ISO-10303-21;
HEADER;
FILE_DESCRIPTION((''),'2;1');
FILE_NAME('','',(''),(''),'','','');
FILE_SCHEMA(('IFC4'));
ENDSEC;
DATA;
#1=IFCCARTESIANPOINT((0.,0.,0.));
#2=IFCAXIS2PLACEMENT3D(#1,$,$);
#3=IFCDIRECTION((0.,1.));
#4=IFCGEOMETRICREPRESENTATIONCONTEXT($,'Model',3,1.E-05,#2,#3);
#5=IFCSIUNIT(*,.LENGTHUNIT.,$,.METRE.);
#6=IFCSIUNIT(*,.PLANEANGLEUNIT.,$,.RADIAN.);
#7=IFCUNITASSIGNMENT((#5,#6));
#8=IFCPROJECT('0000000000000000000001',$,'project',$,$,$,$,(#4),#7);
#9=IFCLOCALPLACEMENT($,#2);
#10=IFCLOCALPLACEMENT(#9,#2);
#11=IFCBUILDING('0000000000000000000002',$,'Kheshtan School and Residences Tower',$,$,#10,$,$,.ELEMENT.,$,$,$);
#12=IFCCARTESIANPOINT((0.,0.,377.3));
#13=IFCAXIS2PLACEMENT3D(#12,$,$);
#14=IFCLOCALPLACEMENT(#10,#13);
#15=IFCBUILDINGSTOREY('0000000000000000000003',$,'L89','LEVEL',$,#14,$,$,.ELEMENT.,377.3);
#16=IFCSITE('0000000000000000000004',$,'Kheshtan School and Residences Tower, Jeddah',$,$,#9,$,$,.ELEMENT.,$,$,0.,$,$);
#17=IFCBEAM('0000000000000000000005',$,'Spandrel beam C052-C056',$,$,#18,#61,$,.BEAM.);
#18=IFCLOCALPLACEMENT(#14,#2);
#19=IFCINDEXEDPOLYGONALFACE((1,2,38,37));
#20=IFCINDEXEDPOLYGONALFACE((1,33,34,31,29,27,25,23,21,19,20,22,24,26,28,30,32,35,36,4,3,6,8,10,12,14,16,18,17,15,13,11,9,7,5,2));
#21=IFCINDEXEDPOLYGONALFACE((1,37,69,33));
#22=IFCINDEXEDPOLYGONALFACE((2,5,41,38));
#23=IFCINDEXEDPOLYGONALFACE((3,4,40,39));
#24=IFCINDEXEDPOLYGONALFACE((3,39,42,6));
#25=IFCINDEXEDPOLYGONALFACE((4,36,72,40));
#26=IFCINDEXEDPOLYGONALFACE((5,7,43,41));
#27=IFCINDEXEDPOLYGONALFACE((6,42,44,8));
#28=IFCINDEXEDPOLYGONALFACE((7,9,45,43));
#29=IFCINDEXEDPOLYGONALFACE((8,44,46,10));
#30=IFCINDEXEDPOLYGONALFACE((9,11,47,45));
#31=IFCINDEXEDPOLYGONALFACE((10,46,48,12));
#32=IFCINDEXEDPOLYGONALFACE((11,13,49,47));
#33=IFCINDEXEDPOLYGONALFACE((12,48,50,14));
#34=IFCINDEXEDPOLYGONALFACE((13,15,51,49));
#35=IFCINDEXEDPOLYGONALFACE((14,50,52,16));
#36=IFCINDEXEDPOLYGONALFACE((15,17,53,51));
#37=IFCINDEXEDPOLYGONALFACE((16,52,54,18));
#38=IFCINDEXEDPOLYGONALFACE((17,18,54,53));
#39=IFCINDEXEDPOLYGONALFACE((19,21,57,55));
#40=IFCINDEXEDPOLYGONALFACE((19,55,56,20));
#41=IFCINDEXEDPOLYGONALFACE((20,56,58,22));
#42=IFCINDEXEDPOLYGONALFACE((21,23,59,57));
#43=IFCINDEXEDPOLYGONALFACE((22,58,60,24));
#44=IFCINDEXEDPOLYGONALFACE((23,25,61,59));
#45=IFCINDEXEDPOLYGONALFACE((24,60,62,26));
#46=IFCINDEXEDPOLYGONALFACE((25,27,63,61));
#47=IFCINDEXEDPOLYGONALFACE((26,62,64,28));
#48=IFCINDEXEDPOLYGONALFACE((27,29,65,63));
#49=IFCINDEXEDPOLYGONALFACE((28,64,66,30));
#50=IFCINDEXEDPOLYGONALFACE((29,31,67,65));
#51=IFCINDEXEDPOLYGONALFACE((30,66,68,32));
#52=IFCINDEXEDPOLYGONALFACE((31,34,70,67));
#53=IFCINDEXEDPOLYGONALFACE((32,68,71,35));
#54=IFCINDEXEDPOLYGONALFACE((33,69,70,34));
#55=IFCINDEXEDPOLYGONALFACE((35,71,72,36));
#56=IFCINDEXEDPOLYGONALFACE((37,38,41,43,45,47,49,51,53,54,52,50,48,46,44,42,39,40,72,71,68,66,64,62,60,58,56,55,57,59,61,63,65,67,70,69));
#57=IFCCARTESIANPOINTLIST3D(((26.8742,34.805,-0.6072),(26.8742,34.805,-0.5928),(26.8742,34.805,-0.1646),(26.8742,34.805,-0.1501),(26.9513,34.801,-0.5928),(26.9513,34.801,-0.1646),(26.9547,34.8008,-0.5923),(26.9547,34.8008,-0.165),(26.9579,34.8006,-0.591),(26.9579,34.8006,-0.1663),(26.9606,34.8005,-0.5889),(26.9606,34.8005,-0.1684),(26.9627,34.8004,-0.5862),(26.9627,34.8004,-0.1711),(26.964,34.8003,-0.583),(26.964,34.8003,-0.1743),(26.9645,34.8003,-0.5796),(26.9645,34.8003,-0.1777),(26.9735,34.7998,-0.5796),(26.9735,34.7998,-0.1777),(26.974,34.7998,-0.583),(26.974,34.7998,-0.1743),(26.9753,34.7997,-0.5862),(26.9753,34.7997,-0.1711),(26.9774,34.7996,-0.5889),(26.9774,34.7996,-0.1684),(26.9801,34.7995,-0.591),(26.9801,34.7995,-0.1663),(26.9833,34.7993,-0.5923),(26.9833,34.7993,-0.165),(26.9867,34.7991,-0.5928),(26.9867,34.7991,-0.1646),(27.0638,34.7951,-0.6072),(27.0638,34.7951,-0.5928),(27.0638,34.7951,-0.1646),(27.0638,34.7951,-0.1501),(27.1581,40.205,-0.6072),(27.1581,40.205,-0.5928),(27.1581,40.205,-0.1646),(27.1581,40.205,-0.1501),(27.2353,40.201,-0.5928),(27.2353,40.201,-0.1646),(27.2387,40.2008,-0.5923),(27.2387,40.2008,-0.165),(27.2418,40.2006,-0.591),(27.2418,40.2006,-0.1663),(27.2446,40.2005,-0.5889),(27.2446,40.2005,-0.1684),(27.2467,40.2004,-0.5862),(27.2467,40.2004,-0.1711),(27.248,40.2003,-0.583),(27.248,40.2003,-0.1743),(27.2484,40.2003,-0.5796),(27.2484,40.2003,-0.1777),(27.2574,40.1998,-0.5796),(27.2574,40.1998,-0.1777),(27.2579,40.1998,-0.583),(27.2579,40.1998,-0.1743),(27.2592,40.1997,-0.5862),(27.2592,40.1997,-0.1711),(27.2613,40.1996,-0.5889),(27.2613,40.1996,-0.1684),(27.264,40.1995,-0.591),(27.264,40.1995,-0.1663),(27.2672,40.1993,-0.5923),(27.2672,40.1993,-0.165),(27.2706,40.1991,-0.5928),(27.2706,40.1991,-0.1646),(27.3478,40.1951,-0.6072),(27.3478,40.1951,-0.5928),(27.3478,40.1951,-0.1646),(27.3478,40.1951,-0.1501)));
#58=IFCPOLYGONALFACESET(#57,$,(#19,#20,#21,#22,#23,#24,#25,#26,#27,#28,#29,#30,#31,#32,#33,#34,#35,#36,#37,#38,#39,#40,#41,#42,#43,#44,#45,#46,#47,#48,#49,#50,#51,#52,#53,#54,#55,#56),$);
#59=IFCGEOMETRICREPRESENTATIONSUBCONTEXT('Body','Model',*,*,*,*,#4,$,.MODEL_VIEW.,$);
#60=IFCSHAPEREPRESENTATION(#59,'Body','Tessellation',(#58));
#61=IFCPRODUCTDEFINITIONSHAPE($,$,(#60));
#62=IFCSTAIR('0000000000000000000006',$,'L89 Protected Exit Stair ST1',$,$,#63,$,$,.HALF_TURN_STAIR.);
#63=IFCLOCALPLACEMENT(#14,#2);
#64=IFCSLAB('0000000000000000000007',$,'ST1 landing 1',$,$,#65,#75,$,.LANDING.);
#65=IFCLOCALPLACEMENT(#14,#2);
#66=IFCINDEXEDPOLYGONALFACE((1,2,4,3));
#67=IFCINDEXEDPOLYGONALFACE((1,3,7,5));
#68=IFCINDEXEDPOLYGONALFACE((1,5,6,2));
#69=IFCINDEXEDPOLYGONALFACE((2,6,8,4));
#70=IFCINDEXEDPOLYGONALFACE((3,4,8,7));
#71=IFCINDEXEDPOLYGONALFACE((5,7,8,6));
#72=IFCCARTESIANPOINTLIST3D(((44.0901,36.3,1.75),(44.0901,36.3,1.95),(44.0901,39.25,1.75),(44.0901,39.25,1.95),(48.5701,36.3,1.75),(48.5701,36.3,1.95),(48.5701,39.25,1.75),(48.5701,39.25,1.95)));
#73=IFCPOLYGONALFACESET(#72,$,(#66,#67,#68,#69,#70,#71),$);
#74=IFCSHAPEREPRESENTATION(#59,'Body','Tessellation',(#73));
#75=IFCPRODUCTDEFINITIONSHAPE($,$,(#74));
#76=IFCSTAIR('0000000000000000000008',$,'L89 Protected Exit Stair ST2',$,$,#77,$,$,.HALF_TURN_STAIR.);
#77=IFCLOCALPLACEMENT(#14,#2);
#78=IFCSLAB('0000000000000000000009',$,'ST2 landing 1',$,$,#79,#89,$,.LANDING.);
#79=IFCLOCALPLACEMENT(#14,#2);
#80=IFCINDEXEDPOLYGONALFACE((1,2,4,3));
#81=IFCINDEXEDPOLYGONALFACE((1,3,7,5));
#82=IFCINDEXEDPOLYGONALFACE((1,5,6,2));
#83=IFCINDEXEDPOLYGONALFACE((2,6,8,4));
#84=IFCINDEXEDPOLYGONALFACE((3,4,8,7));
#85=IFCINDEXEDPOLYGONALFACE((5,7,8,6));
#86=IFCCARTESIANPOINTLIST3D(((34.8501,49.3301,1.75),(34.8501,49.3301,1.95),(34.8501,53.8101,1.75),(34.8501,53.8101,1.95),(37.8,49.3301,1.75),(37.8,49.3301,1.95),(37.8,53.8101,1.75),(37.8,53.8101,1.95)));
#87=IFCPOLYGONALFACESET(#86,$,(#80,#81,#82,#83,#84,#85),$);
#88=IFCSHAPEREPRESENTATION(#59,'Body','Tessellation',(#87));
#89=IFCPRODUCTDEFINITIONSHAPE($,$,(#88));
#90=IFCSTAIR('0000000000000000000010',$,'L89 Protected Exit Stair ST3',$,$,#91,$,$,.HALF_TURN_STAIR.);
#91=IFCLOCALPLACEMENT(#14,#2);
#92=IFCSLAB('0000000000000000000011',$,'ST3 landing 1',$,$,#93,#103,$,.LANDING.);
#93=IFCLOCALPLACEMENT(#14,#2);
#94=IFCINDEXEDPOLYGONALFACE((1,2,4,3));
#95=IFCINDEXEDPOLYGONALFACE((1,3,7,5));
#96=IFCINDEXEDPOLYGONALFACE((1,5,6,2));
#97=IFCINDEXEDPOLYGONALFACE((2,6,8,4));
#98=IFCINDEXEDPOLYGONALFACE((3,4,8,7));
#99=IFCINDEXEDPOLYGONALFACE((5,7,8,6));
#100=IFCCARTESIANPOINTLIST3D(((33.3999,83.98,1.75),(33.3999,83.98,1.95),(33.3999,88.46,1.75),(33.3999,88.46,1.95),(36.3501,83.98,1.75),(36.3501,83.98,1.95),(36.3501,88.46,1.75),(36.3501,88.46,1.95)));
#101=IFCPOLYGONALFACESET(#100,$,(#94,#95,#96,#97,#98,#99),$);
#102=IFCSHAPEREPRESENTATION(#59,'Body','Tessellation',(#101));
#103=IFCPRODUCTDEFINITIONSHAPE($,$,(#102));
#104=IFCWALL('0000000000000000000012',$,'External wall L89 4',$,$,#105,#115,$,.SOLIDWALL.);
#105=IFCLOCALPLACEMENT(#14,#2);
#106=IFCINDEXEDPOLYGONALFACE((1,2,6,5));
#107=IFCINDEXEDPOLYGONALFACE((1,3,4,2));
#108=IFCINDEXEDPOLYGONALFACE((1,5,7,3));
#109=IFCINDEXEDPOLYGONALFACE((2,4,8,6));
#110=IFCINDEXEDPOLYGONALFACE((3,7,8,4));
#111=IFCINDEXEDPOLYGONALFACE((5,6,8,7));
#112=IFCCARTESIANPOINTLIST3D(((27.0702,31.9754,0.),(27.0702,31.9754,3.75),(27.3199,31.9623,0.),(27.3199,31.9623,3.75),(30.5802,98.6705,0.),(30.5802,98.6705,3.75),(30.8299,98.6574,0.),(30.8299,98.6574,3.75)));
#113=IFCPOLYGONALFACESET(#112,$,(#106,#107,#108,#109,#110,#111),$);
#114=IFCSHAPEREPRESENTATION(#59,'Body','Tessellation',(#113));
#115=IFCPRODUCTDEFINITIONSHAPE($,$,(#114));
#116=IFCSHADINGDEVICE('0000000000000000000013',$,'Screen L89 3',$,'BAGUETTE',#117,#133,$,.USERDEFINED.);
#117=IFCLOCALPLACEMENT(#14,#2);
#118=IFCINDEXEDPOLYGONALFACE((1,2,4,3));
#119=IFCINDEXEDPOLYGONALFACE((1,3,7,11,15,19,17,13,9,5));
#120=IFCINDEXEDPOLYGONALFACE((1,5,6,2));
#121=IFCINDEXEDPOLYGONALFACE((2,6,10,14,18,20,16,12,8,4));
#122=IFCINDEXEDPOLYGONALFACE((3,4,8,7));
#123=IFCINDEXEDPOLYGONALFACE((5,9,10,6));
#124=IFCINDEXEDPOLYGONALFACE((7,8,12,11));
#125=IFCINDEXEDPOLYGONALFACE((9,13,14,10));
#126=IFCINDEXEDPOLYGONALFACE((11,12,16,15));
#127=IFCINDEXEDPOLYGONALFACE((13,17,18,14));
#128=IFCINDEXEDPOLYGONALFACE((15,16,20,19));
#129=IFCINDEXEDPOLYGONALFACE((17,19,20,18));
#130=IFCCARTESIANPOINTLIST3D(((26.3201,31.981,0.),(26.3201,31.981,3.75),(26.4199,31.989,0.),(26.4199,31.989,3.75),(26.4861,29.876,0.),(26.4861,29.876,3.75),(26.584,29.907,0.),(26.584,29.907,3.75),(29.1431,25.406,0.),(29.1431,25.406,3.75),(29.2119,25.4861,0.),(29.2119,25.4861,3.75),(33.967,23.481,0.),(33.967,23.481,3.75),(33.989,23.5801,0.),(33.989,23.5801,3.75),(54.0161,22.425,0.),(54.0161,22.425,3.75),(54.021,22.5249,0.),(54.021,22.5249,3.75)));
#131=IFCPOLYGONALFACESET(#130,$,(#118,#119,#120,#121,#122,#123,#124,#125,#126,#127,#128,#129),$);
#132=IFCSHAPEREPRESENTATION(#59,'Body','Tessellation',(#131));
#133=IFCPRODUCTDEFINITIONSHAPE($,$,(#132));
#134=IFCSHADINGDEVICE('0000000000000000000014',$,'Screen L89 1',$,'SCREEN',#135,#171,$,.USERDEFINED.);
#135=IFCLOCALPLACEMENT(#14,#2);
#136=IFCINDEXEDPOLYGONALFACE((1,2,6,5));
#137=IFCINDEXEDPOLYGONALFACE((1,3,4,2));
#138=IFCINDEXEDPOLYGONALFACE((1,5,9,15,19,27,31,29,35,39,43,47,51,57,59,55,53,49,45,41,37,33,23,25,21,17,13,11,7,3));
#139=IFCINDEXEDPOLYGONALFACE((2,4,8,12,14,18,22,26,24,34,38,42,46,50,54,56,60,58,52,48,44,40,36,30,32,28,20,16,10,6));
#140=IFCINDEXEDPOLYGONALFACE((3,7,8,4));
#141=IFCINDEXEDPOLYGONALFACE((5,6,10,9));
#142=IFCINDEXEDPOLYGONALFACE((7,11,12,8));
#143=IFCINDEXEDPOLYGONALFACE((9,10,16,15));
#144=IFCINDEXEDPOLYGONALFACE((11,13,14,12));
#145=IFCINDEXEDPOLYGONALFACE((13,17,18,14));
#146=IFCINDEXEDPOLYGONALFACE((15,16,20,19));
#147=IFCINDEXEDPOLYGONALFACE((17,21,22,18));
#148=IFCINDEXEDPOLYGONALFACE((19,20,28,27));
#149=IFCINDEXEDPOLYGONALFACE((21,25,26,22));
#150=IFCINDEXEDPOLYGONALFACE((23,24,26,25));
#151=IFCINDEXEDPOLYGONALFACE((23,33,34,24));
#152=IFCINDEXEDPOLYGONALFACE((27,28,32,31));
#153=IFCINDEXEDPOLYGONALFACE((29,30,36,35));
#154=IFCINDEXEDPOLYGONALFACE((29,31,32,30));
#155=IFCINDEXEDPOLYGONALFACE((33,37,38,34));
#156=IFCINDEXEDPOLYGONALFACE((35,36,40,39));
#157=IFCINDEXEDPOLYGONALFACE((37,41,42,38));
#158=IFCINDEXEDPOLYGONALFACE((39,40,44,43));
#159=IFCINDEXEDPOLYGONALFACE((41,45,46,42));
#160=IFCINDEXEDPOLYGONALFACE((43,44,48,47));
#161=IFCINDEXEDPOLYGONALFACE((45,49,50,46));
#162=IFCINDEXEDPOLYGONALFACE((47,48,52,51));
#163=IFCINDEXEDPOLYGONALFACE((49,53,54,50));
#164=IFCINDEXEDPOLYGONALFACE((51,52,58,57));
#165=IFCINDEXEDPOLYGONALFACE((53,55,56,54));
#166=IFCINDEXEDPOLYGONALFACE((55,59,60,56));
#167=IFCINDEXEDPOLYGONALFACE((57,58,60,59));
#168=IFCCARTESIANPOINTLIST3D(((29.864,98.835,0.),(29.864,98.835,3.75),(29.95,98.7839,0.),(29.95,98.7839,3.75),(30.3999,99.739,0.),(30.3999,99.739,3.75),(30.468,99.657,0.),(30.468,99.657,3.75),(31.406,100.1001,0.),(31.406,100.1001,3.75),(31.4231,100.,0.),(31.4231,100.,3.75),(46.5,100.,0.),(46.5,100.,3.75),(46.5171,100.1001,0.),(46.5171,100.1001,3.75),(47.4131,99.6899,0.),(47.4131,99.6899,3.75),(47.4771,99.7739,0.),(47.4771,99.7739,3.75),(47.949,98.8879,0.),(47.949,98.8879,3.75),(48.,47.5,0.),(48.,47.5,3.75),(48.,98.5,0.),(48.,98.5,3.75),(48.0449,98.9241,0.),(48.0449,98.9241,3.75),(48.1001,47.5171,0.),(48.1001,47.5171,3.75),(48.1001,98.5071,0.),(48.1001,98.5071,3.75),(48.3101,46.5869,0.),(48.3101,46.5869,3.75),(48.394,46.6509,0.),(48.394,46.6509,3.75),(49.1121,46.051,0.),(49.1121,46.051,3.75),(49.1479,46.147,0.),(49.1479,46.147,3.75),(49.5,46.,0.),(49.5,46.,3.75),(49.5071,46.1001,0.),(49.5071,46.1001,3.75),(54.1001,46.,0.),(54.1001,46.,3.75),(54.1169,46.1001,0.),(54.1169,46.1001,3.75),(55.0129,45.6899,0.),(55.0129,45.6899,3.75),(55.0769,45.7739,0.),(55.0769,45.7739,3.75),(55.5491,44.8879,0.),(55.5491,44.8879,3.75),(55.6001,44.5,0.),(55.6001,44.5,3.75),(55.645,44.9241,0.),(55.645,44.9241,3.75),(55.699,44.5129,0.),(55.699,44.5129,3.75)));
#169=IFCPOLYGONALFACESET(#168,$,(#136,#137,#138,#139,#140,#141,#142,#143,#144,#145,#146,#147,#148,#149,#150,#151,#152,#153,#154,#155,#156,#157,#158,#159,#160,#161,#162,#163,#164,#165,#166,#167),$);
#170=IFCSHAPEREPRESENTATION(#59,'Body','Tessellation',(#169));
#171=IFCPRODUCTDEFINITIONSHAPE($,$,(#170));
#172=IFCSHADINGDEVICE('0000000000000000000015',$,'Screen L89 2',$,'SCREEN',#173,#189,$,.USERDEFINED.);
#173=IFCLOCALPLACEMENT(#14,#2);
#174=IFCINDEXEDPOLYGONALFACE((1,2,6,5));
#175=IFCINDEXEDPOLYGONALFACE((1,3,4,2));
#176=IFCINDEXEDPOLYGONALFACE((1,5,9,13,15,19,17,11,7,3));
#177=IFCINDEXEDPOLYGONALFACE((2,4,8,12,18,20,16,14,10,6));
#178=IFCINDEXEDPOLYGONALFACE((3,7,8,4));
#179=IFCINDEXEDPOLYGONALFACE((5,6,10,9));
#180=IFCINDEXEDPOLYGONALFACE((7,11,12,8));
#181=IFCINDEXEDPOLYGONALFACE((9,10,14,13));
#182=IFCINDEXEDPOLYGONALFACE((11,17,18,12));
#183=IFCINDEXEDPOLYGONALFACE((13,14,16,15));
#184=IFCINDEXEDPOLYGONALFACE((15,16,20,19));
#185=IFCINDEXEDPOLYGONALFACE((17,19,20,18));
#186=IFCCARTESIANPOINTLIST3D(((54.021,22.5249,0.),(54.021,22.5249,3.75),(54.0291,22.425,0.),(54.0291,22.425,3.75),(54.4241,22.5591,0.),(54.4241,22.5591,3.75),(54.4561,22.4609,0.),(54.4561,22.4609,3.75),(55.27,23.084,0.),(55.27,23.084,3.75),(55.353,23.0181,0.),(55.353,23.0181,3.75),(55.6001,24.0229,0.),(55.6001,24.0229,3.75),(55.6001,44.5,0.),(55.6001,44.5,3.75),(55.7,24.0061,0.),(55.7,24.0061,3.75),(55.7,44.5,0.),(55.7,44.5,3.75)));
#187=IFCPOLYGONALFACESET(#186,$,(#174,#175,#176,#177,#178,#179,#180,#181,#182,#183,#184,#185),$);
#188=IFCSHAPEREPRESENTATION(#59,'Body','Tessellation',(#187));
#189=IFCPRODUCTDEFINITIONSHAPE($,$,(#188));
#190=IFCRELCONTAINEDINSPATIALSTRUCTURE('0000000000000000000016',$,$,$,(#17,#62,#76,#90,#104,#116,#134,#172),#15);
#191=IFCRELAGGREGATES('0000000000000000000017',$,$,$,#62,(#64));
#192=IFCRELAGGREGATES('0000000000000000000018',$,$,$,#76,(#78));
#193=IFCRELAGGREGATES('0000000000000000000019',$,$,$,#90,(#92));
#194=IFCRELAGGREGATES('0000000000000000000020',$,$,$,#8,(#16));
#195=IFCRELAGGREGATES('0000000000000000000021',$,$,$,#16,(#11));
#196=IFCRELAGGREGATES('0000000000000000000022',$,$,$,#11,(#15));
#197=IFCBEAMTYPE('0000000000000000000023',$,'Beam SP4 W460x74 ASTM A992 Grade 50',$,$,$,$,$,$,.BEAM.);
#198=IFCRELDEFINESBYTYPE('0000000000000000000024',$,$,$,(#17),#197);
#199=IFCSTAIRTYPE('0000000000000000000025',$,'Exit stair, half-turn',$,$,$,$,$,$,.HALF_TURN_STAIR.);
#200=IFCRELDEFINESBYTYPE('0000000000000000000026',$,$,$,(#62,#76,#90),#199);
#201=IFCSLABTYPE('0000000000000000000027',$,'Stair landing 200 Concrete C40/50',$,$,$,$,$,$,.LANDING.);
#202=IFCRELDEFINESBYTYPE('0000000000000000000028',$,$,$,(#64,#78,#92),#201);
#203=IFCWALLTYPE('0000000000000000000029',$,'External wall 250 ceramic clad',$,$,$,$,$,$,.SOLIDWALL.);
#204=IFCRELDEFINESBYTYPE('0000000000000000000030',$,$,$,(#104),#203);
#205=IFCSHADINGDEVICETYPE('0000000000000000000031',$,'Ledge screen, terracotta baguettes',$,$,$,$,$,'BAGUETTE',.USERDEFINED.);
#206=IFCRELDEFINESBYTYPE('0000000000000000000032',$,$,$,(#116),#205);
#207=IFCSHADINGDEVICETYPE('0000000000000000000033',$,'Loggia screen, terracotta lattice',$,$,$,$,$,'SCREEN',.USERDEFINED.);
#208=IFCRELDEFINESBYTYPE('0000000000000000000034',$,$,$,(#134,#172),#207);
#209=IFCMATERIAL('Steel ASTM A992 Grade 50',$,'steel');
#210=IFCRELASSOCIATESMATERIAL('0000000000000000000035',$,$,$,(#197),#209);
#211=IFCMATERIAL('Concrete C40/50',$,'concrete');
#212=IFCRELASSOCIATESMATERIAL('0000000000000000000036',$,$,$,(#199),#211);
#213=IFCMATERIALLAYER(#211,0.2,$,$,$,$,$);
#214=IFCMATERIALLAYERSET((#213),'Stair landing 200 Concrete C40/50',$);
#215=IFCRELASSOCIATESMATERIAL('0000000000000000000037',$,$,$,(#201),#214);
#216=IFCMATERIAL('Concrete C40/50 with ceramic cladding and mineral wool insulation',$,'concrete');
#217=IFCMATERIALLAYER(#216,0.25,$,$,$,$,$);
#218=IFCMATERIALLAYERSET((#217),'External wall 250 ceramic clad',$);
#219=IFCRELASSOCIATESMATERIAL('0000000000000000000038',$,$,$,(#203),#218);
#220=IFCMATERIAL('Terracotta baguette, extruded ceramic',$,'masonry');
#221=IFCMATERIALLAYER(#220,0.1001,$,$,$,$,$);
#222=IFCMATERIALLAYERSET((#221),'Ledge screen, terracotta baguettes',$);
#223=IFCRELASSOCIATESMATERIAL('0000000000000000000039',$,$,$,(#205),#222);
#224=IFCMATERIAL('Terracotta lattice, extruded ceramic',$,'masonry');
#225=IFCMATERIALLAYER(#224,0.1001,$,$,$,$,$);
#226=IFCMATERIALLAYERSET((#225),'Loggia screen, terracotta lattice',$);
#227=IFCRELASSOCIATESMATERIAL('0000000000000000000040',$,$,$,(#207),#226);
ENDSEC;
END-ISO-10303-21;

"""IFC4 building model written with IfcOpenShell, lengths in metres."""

from ifc_helpers import new_model, si_unit, direction, frame, frame_2d, origin, origin_2d, place, context, subcontext, project, spatial, polyline, rectangle, i_section, outline, extrude, material, layer, layer_set, material_profile, profile_set, type_object, element, aggregate, save


model = new_model("IFC4")

# Units and contexts
model_context = context("Model", 3, precision=1e-05, world=origin(), true_north=direction((0.0, 1.0)))
body_context = subcontext(model_context, "Body", "Model", "MODEL_VIEW")
ifc_project = project(units=[si_unit("LENGTHUNIT", "METRE"), si_unit("PLANEANGLEUNIT", "RADIAN")], contexts=[model_context])

# Site, building, storey
site_placement = place(None, origin())
site = spatial("IfcSite", under=ifc_project, at=site_placement, Name="Kheshtan School and Residences Tower, Jeddah", CompositionType="ELEMENT", RefElevation=0.0)
building_placement = place(site_placement, origin())
building = spatial("IfcBuilding", under=site, at=building_placement, Name="Kheshtan School and Residences Tower", CompositionType="ELEMENT")
storey_placement = place(building_placement, frame((0.0, 0.0, 377.3)))
storey = spatial("IfcBuildingStorey", under=building, at=storey_placement, Name="L89", Description="LEVEL", CompositionType="ELEMENT", Elevation=377.3)

# Shared definitions
ifc_material_1 = material(Name="Steel ASTM A992 Grade 50", Category="steel")

# Beam
ifc_material_profile_1 = material_profile(ifc_material_1, i_section(OverallWidth=0.1899, OverallDepth=0.457, WebThickness=0.009, FlangeThickness=0.0144, FilletRadius=0.0132, at=origin_2d()), Name="W460x74")
ifc_profile_set_1 = profile_set([ifc_material_profile_1], Name="Steel ASTM A992 Grade 50")
beam_type_1 = type_object("IfcBeamType", Name="Beam SP4 W460x74 ASTM A992 Grade 50", PredefinedType="BEAM", material=ifc_profile_set_1)
beam_1_placement = place(storey_placement, frame((26.969, 34.8, -0.3787), z_axis=(0.052509, 0.99862, 0.0), x_axis=(-0.99862, 0.052509, 0.0)))
element("IfcBeam", 1, at=beam_1_placement, inside=storey, type_object=beam_type_1, Name="Spandrel beam C052-C056", PredefinedType="BEAM", context=body_context, shape_type="SweptSolid", body=[
    extrude(i_section(OverallWidth=0.1899, OverallDepth=0.457, WebThickness=0.009, FlangeThickness=0.0144, FilletRadius=0.0132, at=origin_2d()), origin(), (0.0, 0.0, 1.0), 5.4075),
])

# Shared definitions
ifc_material_2 = material(Name="Concrete C40/50", Category="concrete")

# Stairs, slabs
stair_type = type_object("IfcStairType", Name="Exit stair, half-turn", PredefinedType="HALF_TURN_STAIR", material=ifc_material_2)
stair_1_placement = place(storey_placement, origin())
stair_1 = element("IfcStair", 2, at=stair_1_placement, inside=storey, type_object=stair_type, Name="L89 Protected Exit Stair ST1", PredefinedType="HALF_TURN_STAIR")
ifc_layer_1 = layer(ifc_material_2, 0.2)
ifc_layer_set_1 = layer_set([ifc_layer_1], Name="Stair landing 200 Concrete C40/50")
slab_type_1 = type_object("IfcSlabType", Name="Stair landing 200 Concrete C40/50", PredefinedType="LANDING", material=ifc_layer_set_1)
slab_1_placement = place(storey_placement, frame((0.0, 0.0, 1.75)))
slab_1 = element("IfcSlab", 3, at=slab_1_placement, type_object=slab_type_1, Name="ST1 landing 1", PredefinedType="LANDING", context=body_context, shape_type="SweptSolid", body=[
    extrude(outline(polyline([(48.5701, 39.25), (44.0901, 39.25), (44.0901, 36.3), (48.5701, 36.3), (48.5701, 39.25)])), origin(), (0.0, 0.0, 1.0), 0.2),
])
aggregate(stair_1, [slab_1])
stair_2_placement = place(storey_placement, origin())
stair_2 = element("IfcStair", 4, at=stair_2_placement, inside=storey, type_object=stair_type, Name="L89 Protected Exit Stair ST2", PredefinedType="HALF_TURN_STAIR")
slab_2_placement = place(storey_placement, frame((0.0, 0.0, 1.75)))
slab_2 = element("IfcSlab", 5, at=slab_2_placement, type_object=slab_type_1, Name="ST2 landing 1", PredefinedType="LANDING", context=body_context, shape_type="SweptSolid", body=[
    extrude(outline(polyline([(37.8, 49.3301), (37.8, 53.8101), (34.8501, 53.8101), (34.8501, 49.3301), (37.8, 49.3301)])), origin(), (0.0, 0.0, 1.0), 0.2),
])
aggregate(stair_2, [slab_2])
stair_3_placement = place(storey_placement, origin())
stair_3 = element("IfcStair", 6, at=stair_3_placement, inside=storey, type_object=stair_type, Name="L89 Protected Exit Stair ST3", PredefinedType="HALF_TURN_STAIR")
slab_3_placement = place(storey_placement, frame((0.0, 0.0, 1.75)))
slab_3 = element("IfcSlab", 7, at=slab_3_placement, type_object=slab_type_1, Name="ST3 landing 1", PredefinedType="LANDING", context=body_context, shape_type="SweptSolid", body=[
    extrude(outline(polyline([(36.3501, 83.98), (36.3501, 88.46), (33.3999, 88.46), (33.3999, 83.98), (36.3501, 83.98)])), origin(), (0.0, 0.0, 1.0), 0.2),
])
aggregate(stair_3, [slab_3])

# Wall
ifc_material_3 = material(Name="Concrete C40/50 with ceramic cladding and mineral wool insulation", Category="concrete")
ifc_layer_2 = layer(ifc_material_3, 0.25)
ifc_layer_set_2 = layer_set([ifc_layer_2], Name="External wall 250 ceramic clad")
wall_type = type_object("IfcWallType", Name="External wall 250 ceramic clad", PredefinedType="SOLIDWALL", material=ifc_layer_set_2)
wall_placement = place(storey_placement, frame((27.1951, 31.969, 0.0), z_axis=(0.0, 0.0, 1.0), x_axis=(0.052555, 0.998618, 0.0)))
element("IfcWall", 8, at=wall_placement, inside=storey, type_object=wall_type, Name="External wall L89 4", PredefinedType="SOLIDWALL", context=body_context, shape_type="SweptSolid", body=[
    extrude(rectangle(XDim=66.7874, YDim=0.25, at=frame_2d((33.3936, 0.0))), origin(), (0.0, 0.0, 1.0), 3.75),
])

# Shading devices
ifc_material_4 = material(Name="Terracotta baguette, extruded ceramic", Category="masonry")
ifc_layer_3 = layer(ifc_material_4, 0.1001)
ifc_layer_set_3 = layer_set([ifc_layer_3], Name="Ledge screen, terracotta baguettes")
shading_device_type_1 = type_object("IfcShadingDeviceType", Name="Ledge screen, terracotta baguettes", ElementType="BAGUETTE", PredefinedType="USERDEFINED", material=ifc_layer_set_3)
shading_device_1_placement = place(storey_placement, origin())
element("IfcShadingDevice", 9, at=shading_device_1_placement, inside=storey, type_object=shading_device_type_1, Name="Screen L89 3", ObjectType="BAGUETTE", PredefinedType="USERDEFINED", context=body_context, shape_type="SweptSolid", body=[
    extrude(outline(polyline([(54.021, 22.5249), (33.989, 23.5801), (29.2119, 25.4861), (26.584, 29.907), (26.4199, 31.989), (26.3201, 31.981), (26.4861, 29.876), (29.1431, 25.406), (33.967, 23.481), (54.0161, 22.425), (54.021, 22.5249)])), origin(), (0.0, 0.0, 1.0), 3.75),
])
ifc_material_5 = material(Name="Terracotta lattice, extruded ceramic", Category="masonry")
ifc_layer_4 = layer(ifc_material_5, 0.1001)
ifc_layer_set_4 = layer_set([ifc_layer_4], Name="Loggia screen, terracotta lattice")
shading_device_type_2 = type_object("IfcShadingDeviceType", Name="Loggia screen, terracotta lattice", ElementType="SCREEN", PredefinedType="USERDEFINED", material=ifc_layer_set_4)
shading_device_2_placement = place(storey_placement, origin())
element("IfcShadingDevice", 10, at=shading_device_2_placement, inside=storey, type_object=shading_device_type_2, Name="Screen L89 1", ObjectType="SCREEN", PredefinedType="USERDEFINED", context=body_context, shape_type="SweptSolid", body=[
    extrude(outline(polyline([(29.95, 98.7839), (30.468, 99.657), (31.4231, 100.0), (46.5, 100.0), (47.4131, 99.6899), (47.949, 98.8879), (48.0, 98.5), (48.0, 47.5), (48.3101, 46.5869), (49.1121, 46.051), (49.5, 46.0), (54.1001, 46.0), (55.0129, 45.6899), (55.5491, 44.8879), (55.6001, 44.5), (55.699, 44.5129), (55.645, 44.9241), (55.0769, 45.7739), (54.1169, 46.1001), (49.5071, 46.1001), (49.1479, 46.147), (48.394, 46.6509), (48.1001, 47.5171), (48.1001, 98.5071), (48.0449, 98.9241), (47.4771, 99.7739), (46.5171, 100.1001), (31.406, 100.1001), (30.3999, 99.739), (29.864, 98.835), (29.95, 98.7839)])), origin(), (0.0, 0.0, 1.0), 3.75),
])
shading_device_3_placement = place(storey_placement, origin())
element("IfcShadingDevice", 11, at=shading_device_3_placement, inside=storey, type_object=shading_device_type_2, Name="Screen L89 2", ObjectType="SCREEN", PredefinedType="USERDEFINED", context=body_context, shape_type="SweptSolid", body=[
    extrude(outline(polyline([(55.6001, 44.5), (55.6001, 24.0229), (55.27, 23.084), (54.4241, 22.5591), (54.021, 22.5249), (54.0291, 22.425), (54.4561, 22.4609), (55.353, 23.0181), (55.7, 24.0061), (55.7, 44.5), (55.6001, 44.5)])), origin(), (0.0, 0.0, 1.0), 3.75),
])

save(model, "model.ifc")
